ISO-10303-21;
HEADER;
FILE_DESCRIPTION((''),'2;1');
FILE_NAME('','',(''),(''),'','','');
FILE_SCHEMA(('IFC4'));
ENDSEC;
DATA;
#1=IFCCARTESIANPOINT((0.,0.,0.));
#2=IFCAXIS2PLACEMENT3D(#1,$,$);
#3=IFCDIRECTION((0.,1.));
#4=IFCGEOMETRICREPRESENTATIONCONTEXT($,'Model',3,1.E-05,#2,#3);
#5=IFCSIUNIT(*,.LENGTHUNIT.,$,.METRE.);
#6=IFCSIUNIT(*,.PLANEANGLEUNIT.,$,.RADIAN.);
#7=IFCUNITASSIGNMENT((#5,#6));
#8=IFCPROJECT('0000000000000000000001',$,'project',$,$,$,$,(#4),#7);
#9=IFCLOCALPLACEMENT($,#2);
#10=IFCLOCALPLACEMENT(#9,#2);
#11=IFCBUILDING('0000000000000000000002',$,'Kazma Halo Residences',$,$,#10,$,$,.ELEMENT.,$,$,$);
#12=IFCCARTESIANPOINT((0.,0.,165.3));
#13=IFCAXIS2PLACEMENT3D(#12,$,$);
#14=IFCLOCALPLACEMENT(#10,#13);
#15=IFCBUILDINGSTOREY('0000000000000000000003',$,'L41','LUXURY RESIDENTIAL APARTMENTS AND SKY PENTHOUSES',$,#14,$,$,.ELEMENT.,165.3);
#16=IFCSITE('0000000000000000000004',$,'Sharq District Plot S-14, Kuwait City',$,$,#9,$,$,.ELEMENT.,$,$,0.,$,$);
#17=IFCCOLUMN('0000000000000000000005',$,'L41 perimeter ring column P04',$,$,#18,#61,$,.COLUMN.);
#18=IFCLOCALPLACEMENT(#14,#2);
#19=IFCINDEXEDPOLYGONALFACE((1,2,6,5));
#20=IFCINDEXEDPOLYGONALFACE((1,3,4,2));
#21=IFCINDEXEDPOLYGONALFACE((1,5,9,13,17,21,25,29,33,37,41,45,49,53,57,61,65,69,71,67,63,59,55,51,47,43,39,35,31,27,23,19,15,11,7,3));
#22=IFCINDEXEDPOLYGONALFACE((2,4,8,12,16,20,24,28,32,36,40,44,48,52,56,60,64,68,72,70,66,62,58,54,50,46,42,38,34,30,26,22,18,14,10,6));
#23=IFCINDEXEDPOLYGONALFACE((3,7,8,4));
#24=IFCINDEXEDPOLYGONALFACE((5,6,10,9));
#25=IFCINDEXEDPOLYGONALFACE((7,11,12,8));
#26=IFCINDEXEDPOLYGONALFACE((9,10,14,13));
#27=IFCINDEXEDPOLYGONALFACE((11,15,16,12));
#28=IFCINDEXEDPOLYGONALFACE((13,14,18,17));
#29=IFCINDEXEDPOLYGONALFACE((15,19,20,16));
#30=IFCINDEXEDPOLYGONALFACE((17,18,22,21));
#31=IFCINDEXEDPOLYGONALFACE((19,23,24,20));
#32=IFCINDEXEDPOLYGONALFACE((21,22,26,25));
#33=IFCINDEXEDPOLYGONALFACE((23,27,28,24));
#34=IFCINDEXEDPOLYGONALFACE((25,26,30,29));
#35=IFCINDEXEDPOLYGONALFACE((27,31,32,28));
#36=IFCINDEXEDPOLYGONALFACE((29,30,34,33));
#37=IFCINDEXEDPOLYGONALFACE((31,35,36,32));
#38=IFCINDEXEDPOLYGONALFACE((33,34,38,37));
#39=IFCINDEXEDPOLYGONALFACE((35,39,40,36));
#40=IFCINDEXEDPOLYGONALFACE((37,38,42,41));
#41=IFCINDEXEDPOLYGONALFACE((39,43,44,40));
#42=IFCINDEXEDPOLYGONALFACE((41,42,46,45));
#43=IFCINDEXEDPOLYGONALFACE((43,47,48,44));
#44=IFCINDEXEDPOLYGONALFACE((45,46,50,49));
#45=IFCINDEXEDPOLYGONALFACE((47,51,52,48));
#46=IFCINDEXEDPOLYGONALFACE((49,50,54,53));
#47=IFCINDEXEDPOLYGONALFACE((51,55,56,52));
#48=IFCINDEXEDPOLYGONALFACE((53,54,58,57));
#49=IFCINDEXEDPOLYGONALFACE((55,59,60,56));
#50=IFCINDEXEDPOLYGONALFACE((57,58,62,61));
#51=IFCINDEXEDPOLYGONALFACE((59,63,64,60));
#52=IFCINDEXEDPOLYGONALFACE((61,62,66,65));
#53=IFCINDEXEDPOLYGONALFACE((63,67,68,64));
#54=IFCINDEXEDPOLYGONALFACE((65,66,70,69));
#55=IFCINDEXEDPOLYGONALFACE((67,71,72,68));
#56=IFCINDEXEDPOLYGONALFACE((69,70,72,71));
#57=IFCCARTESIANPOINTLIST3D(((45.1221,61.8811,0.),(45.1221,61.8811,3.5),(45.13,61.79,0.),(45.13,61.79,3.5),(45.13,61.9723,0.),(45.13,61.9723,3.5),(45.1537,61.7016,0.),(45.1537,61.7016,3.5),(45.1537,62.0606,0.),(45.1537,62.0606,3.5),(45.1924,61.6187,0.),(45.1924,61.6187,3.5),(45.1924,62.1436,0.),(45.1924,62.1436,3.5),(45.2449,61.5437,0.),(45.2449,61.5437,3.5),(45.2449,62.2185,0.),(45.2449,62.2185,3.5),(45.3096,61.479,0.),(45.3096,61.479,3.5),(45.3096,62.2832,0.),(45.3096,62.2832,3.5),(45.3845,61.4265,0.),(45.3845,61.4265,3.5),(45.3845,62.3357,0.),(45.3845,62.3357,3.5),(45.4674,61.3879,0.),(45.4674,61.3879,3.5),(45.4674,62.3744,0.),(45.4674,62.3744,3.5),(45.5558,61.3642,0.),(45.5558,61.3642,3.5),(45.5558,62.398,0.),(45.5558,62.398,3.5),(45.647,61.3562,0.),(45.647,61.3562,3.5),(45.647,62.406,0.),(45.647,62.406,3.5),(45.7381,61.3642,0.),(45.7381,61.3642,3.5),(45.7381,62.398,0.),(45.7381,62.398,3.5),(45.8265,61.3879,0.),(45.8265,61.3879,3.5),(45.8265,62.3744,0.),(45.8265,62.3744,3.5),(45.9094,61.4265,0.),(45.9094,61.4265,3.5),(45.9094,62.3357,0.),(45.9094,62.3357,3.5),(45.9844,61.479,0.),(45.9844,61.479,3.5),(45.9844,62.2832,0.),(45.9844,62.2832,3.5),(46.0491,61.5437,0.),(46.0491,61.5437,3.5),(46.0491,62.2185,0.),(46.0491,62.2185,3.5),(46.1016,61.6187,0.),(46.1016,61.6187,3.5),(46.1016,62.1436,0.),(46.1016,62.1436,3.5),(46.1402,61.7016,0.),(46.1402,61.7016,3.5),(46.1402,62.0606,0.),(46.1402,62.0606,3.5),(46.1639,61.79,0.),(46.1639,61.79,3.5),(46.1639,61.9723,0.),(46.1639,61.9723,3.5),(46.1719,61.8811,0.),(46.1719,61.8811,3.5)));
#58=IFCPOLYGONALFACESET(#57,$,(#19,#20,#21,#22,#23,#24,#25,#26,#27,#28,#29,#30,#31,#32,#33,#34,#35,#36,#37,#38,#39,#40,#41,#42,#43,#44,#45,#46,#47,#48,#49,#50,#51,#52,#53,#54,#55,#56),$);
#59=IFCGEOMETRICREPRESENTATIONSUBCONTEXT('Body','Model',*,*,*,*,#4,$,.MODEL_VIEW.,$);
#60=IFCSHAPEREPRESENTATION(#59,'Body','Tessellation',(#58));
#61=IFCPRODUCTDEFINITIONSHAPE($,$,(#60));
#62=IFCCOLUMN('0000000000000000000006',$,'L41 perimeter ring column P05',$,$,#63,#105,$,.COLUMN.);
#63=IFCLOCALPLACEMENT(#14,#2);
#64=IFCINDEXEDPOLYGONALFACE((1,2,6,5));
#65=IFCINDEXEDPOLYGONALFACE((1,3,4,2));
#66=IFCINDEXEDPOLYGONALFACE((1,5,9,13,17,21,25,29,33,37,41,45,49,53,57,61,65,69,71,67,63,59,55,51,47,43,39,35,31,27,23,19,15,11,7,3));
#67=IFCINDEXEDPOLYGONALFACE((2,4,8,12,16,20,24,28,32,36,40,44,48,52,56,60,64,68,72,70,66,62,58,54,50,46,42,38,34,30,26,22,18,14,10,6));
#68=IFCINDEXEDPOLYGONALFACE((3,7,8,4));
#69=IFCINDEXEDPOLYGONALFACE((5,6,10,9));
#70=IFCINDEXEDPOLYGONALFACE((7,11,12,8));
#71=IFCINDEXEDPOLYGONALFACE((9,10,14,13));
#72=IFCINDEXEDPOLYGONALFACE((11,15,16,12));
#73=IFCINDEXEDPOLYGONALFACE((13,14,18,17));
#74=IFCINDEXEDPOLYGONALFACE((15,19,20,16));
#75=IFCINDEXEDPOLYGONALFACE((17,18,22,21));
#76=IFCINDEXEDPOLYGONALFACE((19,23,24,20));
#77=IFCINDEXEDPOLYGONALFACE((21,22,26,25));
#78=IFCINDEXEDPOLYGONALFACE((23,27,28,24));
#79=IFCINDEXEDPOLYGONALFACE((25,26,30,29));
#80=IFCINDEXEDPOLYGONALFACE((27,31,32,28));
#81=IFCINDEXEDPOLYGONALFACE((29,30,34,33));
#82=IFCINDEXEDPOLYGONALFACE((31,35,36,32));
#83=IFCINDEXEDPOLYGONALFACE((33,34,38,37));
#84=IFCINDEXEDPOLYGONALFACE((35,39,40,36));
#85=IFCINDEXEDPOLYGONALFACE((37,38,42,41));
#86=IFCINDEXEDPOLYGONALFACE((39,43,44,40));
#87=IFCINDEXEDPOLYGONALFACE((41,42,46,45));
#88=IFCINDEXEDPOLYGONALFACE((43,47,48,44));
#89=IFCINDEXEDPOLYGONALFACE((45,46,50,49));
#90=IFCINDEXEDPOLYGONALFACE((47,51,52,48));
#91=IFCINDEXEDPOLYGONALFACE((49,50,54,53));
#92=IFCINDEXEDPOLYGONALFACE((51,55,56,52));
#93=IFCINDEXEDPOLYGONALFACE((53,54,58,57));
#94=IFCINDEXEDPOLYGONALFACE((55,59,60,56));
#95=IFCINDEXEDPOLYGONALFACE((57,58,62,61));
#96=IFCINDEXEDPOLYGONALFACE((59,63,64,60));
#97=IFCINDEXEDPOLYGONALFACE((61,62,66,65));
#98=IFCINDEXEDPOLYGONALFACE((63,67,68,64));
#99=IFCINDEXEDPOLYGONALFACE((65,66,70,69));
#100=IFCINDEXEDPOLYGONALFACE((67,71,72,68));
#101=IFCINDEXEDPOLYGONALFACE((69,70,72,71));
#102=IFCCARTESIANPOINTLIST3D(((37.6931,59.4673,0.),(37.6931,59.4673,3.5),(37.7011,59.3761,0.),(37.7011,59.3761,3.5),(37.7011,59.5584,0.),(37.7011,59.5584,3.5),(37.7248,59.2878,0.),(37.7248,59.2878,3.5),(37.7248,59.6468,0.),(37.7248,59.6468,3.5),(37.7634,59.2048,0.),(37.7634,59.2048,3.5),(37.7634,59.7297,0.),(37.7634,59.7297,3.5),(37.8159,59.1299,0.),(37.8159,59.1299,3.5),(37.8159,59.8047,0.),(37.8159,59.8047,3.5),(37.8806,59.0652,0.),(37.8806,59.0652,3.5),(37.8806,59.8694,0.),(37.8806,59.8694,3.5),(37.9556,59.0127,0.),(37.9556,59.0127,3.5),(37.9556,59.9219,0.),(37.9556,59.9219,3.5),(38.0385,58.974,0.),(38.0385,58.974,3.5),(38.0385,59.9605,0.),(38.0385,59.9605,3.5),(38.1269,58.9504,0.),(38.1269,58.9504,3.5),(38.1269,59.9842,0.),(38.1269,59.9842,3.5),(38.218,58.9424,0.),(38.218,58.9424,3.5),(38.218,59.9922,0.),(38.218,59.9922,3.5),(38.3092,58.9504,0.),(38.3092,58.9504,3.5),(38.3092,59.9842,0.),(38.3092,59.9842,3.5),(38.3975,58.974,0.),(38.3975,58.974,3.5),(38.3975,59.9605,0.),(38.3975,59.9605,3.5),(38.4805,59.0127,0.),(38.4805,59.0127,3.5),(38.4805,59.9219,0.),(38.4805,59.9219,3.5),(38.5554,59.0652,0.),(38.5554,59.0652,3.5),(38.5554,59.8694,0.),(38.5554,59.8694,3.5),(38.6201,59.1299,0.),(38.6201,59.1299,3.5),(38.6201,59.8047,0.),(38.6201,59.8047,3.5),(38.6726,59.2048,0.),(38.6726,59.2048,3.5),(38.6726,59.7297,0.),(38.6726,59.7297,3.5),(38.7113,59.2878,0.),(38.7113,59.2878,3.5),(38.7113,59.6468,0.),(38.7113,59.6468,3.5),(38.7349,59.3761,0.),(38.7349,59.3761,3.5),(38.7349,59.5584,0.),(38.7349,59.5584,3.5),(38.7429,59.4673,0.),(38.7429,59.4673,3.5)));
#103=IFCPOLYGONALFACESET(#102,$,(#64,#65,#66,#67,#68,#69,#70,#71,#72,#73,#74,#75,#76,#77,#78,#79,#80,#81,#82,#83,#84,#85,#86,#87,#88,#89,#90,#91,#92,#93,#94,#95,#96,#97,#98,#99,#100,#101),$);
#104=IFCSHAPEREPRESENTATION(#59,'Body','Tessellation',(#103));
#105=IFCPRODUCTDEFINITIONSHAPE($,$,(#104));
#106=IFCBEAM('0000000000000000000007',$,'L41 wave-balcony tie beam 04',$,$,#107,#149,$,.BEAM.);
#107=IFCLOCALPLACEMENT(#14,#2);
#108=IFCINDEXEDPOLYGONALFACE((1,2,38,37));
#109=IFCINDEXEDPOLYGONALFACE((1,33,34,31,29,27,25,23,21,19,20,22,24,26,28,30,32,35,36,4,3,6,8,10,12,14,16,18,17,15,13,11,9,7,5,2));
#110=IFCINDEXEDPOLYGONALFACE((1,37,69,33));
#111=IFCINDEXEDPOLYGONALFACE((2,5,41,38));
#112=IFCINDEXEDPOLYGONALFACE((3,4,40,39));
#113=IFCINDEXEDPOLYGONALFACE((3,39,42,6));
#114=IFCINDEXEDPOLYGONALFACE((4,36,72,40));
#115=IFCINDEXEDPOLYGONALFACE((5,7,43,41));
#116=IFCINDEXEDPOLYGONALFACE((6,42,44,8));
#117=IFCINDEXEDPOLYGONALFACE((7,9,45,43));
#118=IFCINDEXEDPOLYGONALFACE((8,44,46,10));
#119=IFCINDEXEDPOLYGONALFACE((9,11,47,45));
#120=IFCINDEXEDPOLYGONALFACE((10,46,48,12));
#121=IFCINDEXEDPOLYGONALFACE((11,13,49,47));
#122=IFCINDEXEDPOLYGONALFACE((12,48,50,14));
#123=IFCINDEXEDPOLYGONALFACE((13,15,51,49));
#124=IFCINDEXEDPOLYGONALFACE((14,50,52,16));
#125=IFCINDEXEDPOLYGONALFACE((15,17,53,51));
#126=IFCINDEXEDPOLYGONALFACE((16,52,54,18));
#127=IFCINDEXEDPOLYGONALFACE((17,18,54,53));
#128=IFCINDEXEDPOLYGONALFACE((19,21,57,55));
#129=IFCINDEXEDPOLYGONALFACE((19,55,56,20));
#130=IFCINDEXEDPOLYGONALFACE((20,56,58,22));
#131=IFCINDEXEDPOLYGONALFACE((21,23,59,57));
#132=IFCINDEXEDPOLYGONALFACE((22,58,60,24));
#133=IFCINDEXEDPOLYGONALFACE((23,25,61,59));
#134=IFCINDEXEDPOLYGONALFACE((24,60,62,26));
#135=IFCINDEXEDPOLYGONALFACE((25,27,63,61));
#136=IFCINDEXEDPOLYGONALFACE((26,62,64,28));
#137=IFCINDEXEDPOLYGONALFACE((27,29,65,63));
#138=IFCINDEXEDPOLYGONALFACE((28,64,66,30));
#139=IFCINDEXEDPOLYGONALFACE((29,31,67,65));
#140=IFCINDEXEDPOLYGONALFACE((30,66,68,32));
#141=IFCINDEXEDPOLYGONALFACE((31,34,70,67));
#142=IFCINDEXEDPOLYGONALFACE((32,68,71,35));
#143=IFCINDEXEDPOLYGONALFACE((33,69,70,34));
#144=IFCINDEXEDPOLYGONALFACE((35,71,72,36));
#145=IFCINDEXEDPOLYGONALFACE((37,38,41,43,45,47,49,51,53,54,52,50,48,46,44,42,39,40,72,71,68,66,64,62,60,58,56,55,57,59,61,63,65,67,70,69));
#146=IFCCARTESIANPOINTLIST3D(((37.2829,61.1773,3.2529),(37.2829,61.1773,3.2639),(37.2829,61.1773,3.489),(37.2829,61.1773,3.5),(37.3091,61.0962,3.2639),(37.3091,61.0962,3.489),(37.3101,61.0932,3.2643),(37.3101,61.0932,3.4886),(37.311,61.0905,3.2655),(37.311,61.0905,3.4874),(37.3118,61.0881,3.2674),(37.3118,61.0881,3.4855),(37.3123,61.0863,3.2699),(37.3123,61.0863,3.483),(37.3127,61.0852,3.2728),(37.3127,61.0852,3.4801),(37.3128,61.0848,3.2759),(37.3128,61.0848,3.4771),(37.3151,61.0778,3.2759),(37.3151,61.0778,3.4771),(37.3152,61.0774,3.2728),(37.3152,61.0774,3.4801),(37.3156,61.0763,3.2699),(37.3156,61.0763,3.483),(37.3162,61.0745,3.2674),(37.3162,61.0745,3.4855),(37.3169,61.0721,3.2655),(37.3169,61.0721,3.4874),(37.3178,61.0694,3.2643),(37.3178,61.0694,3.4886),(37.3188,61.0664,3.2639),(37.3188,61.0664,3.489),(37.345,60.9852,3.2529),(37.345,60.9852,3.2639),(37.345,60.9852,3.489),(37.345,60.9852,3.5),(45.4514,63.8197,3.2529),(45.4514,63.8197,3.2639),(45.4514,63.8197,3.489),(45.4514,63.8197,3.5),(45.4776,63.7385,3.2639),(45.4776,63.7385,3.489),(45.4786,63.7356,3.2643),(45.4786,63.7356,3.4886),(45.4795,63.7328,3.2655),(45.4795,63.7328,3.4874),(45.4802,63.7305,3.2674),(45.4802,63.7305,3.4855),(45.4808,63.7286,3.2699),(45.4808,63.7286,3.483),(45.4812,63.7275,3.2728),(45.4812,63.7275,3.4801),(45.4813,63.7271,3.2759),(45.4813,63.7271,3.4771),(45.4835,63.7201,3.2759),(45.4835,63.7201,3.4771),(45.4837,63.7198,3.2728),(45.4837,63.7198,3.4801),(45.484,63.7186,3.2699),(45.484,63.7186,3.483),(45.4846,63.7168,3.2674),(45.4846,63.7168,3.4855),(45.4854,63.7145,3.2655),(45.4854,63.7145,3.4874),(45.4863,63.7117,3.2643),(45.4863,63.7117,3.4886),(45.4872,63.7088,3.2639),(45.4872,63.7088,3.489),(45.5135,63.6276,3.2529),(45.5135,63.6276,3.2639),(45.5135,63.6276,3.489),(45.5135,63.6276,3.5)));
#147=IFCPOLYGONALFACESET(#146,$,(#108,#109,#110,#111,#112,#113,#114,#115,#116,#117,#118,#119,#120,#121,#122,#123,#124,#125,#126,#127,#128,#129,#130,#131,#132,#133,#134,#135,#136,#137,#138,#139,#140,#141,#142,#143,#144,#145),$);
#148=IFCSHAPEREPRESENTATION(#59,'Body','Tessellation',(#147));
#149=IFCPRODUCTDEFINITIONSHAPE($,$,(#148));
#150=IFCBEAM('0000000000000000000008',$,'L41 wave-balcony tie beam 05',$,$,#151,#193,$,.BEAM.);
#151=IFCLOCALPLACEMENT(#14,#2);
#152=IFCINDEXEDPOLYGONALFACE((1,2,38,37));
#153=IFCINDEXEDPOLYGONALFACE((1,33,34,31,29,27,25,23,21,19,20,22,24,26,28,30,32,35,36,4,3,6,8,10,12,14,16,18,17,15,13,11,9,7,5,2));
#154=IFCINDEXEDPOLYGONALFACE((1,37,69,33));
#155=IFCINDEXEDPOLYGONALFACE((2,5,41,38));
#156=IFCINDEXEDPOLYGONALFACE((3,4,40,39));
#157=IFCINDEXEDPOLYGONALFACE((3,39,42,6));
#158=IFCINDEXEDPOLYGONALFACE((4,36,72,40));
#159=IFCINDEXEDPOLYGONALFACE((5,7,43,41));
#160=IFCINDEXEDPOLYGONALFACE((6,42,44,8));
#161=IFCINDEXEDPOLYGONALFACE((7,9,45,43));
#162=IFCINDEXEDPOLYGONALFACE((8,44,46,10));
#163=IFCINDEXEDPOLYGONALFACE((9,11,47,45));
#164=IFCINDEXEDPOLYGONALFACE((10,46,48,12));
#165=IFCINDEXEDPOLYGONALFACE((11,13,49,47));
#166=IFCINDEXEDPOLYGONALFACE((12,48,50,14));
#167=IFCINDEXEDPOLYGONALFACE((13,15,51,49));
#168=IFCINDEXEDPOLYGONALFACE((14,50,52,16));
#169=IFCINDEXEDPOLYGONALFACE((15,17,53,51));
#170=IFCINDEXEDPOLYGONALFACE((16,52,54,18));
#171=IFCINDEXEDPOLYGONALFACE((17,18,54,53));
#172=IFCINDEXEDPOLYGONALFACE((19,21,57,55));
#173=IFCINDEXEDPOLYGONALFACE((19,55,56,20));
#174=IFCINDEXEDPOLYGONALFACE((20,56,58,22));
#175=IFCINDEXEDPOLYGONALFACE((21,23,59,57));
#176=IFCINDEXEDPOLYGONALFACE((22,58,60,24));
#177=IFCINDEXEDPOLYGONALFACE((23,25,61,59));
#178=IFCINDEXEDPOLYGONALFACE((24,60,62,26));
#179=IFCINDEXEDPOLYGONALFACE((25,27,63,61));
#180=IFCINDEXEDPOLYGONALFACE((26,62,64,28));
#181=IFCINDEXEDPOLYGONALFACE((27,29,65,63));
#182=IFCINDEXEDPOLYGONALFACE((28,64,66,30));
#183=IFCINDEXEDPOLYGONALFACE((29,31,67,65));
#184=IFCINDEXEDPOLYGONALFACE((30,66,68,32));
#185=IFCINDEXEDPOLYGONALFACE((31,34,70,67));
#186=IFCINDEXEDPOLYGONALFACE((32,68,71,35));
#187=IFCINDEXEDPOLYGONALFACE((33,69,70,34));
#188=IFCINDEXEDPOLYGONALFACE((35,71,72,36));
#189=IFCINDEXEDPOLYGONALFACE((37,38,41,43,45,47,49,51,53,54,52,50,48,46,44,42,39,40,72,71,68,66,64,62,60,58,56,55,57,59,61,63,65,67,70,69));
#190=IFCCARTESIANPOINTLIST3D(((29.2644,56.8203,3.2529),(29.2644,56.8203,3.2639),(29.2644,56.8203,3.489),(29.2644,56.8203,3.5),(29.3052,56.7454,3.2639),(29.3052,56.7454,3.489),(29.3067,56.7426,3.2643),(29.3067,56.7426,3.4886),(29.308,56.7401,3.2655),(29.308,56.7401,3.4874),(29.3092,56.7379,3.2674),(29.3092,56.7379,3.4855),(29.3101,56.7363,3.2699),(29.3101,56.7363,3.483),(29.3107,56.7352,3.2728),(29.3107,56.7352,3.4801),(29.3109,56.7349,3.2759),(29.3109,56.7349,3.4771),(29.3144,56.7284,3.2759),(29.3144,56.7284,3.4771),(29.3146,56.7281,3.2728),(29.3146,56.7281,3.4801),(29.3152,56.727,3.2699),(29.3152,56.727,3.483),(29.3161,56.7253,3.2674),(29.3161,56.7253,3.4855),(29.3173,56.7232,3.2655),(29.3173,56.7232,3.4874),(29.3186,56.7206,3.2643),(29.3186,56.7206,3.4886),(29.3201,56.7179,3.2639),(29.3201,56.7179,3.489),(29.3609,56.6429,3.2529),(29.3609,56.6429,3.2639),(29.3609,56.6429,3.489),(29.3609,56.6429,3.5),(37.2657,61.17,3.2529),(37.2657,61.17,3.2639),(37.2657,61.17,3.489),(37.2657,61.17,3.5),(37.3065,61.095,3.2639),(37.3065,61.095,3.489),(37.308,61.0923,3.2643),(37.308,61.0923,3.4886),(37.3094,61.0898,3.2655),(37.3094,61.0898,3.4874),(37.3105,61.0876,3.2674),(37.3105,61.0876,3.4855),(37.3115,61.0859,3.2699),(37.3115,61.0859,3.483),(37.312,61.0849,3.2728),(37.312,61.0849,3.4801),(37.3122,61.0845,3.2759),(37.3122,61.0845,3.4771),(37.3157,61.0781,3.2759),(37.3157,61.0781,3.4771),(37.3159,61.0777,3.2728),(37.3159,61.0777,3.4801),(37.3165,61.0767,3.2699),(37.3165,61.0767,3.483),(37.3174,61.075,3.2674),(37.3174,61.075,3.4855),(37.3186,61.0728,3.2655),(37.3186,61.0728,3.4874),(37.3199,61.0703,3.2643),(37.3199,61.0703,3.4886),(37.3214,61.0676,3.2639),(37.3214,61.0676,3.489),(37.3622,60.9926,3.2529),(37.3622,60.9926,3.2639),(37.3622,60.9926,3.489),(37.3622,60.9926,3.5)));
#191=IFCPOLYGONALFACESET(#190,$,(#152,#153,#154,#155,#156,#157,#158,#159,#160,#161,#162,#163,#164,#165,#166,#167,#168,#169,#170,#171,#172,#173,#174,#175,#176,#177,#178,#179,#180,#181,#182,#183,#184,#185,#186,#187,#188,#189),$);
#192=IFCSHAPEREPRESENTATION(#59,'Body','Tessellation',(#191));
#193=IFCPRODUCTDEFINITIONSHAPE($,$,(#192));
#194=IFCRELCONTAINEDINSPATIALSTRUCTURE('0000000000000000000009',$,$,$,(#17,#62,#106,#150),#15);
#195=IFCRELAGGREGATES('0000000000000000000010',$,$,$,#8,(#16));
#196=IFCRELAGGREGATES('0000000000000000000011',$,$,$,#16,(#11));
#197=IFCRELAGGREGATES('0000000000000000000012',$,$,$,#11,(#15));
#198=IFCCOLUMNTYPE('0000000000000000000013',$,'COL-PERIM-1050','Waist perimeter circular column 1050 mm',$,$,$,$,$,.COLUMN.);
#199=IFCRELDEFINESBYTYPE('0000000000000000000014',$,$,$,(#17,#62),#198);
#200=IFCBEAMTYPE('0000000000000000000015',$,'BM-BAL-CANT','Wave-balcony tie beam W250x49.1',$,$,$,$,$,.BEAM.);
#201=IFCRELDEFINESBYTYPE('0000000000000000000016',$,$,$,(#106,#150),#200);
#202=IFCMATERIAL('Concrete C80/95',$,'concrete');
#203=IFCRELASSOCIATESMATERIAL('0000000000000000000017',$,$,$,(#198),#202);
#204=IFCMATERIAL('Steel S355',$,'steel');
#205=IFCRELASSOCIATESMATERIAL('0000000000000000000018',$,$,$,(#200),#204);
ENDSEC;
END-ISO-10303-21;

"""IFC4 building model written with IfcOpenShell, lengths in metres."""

from ifc_helpers import new_model, si_unit, direction, frame, origin, origin_2d, place, context, subcontext, project, spatial, circle, i_section, extrude, material, material_profile, profile_set, type_object, element, save


model = new_model("IFC4")

# Units and contexts
model_context = context("Model", 3, precision=1e-05, world=origin(), true_north=direction((0.0, 1.0)))
body_context = subcontext(model_context, "Body", "Model", "MODEL_VIEW")
ifc_project = project(units=[si_unit("LENGTHUNIT", "METRE"), si_unit("PLANEANGLEUNIT", "RADIAN")], contexts=[model_context])

# Site, building, storey
site_placement = place(None, origin())
site = spatial("IfcSite", under=ifc_project, at=site_placement, Name="Sharq District Plot S-14, Kuwait City", CompositionType="ELEMENT", RefElevation=0.0)
building_placement = place(site_placement, origin())
building = spatial("IfcBuilding", under=site, at=building_placement, Name="Kazma Halo Residences", CompositionType="ELEMENT")
storey_placement = place(building_placement, frame((0.0, 0.0, 165.3)))
storey = spatial("IfcBuildingStorey", under=building, at=storey_placement, Name="L41", Description="LUXURY RESIDENTIAL APARTMENTS AND SKY PENTHOUSES", CompositionType="ELEMENT", Elevation=165.3)

# Columns
ifc_material_1 = material(Name="Concrete C80/95", Category="concrete")
ifc_material_profile_1 = material_profile(ifc_material_1, circle(Radius=0.5249, at=origin_2d()), Name="CIRC1050")
ifc_profile_set_1 = profile_set([ifc_material_profile_1], Name="Concrete C80/95")
column_type = type_object("IfcColumnType", Name="COL-PERIM-1050", Description="Waist perimeter circular column 1050 mm", PredefinedType="COLUMN", material=ifc_profile_set_1)
for number, where, z_axis, x_axis, name in (
    (1, (45.647, 61.8811, 0.0), (0.0, 0.0, 1.0), (1.0, 0.0, 0.0), "L41 perimeter ring column P04"),
    (2, (38.218, 59.4673, 0.0), (0.0, 0.0, 1.0), (1.0, 0.0, 0.0), "L41 perimeter ring column P05"),
):
    element("IfcColumn", number, at=place(storey_placement, frame(where, z_axis=z_axis, x_axis=x_axis)), inside=storey, type_object=column_type, Name=name, PredefinedType="COLUMN", context=body_context, shape_type="SweptSolid", body=[
        extrude(circle(Radius=0.5249, at=origin_2d()), origin(), (0.0, 0.0, 1.0), 3.5),
    ])

# Beams
ifc_material_2 = material(Name="Steel S355", Category="steel")
ifc_material_profile_2 = material_profile(ifc_material_2, i_section(OverallWidth=0.2019, OverallDepth=0.2471, WebThickness=0.0073, FlangeThickness=0.011, FilletRadius=0.012, at=origin_2d()), Name="W250x49.1")
ifc_profile_set_2 = profile_set([ifc_material_profile_2], Name="Steel S355")
beam_type_1 = type_object("IfcBeamType", Name="BM-BAL-CANT", Description="Wave-balcony tie beam W250x49.1", PredefinedType="BEAM", material=ifc_profile_set_2)
beam_1_placement = place(storey_placement, frame((45.4824, 63.7236, 3.3765), z_axis=(-0.951458, -0.307778, 0.0), x_axis=(0.307778, -0.951458, 0.0)))
element("IfcBeam", 3, at=beam_1_placement, inside=storey, type_object=beam_type_1, Name="L41 wave-balcony tie beam 04", PredefinedType="BEAM", context=body_context, shape_type="SweptSolid", body=[
    extrude(i_section(OverallWidth=0.2019, OverallDepth=0.2471, WebThickness=0.0073, FlangeThickness=0.011, FilletRadius=0.012, at=origin_2d()), origin(), (0.0, 0.0, 1.0), 8.5852),
])
beam_2_placement = place(storey_placement, frame((37.314, 61.0813, 3.3765), z_axis=(-0.878573, -0.477608, 0.0), x_axis=(0.477608, -0.878573, 0.0)))
element("IfcBeam", 4, at=beam_2_placement, inside=storey, type_object=beam_type_1, Name="L41 wave-balcony tie beam 05", PredefinedType="BEAM", context=body_context, shape_type="SweptSolid", body=[
    extrude(i_section(OverallWidth=0.2019, OverallDepth=0.2471, WebThickness=0.0073, FlangeThickness=0.011, FilletRadius=0.012, at=origin_2d()), origin(), (0.0, 0.0, 1.0), 9.1072),
])

save(model, "model.ifc")
